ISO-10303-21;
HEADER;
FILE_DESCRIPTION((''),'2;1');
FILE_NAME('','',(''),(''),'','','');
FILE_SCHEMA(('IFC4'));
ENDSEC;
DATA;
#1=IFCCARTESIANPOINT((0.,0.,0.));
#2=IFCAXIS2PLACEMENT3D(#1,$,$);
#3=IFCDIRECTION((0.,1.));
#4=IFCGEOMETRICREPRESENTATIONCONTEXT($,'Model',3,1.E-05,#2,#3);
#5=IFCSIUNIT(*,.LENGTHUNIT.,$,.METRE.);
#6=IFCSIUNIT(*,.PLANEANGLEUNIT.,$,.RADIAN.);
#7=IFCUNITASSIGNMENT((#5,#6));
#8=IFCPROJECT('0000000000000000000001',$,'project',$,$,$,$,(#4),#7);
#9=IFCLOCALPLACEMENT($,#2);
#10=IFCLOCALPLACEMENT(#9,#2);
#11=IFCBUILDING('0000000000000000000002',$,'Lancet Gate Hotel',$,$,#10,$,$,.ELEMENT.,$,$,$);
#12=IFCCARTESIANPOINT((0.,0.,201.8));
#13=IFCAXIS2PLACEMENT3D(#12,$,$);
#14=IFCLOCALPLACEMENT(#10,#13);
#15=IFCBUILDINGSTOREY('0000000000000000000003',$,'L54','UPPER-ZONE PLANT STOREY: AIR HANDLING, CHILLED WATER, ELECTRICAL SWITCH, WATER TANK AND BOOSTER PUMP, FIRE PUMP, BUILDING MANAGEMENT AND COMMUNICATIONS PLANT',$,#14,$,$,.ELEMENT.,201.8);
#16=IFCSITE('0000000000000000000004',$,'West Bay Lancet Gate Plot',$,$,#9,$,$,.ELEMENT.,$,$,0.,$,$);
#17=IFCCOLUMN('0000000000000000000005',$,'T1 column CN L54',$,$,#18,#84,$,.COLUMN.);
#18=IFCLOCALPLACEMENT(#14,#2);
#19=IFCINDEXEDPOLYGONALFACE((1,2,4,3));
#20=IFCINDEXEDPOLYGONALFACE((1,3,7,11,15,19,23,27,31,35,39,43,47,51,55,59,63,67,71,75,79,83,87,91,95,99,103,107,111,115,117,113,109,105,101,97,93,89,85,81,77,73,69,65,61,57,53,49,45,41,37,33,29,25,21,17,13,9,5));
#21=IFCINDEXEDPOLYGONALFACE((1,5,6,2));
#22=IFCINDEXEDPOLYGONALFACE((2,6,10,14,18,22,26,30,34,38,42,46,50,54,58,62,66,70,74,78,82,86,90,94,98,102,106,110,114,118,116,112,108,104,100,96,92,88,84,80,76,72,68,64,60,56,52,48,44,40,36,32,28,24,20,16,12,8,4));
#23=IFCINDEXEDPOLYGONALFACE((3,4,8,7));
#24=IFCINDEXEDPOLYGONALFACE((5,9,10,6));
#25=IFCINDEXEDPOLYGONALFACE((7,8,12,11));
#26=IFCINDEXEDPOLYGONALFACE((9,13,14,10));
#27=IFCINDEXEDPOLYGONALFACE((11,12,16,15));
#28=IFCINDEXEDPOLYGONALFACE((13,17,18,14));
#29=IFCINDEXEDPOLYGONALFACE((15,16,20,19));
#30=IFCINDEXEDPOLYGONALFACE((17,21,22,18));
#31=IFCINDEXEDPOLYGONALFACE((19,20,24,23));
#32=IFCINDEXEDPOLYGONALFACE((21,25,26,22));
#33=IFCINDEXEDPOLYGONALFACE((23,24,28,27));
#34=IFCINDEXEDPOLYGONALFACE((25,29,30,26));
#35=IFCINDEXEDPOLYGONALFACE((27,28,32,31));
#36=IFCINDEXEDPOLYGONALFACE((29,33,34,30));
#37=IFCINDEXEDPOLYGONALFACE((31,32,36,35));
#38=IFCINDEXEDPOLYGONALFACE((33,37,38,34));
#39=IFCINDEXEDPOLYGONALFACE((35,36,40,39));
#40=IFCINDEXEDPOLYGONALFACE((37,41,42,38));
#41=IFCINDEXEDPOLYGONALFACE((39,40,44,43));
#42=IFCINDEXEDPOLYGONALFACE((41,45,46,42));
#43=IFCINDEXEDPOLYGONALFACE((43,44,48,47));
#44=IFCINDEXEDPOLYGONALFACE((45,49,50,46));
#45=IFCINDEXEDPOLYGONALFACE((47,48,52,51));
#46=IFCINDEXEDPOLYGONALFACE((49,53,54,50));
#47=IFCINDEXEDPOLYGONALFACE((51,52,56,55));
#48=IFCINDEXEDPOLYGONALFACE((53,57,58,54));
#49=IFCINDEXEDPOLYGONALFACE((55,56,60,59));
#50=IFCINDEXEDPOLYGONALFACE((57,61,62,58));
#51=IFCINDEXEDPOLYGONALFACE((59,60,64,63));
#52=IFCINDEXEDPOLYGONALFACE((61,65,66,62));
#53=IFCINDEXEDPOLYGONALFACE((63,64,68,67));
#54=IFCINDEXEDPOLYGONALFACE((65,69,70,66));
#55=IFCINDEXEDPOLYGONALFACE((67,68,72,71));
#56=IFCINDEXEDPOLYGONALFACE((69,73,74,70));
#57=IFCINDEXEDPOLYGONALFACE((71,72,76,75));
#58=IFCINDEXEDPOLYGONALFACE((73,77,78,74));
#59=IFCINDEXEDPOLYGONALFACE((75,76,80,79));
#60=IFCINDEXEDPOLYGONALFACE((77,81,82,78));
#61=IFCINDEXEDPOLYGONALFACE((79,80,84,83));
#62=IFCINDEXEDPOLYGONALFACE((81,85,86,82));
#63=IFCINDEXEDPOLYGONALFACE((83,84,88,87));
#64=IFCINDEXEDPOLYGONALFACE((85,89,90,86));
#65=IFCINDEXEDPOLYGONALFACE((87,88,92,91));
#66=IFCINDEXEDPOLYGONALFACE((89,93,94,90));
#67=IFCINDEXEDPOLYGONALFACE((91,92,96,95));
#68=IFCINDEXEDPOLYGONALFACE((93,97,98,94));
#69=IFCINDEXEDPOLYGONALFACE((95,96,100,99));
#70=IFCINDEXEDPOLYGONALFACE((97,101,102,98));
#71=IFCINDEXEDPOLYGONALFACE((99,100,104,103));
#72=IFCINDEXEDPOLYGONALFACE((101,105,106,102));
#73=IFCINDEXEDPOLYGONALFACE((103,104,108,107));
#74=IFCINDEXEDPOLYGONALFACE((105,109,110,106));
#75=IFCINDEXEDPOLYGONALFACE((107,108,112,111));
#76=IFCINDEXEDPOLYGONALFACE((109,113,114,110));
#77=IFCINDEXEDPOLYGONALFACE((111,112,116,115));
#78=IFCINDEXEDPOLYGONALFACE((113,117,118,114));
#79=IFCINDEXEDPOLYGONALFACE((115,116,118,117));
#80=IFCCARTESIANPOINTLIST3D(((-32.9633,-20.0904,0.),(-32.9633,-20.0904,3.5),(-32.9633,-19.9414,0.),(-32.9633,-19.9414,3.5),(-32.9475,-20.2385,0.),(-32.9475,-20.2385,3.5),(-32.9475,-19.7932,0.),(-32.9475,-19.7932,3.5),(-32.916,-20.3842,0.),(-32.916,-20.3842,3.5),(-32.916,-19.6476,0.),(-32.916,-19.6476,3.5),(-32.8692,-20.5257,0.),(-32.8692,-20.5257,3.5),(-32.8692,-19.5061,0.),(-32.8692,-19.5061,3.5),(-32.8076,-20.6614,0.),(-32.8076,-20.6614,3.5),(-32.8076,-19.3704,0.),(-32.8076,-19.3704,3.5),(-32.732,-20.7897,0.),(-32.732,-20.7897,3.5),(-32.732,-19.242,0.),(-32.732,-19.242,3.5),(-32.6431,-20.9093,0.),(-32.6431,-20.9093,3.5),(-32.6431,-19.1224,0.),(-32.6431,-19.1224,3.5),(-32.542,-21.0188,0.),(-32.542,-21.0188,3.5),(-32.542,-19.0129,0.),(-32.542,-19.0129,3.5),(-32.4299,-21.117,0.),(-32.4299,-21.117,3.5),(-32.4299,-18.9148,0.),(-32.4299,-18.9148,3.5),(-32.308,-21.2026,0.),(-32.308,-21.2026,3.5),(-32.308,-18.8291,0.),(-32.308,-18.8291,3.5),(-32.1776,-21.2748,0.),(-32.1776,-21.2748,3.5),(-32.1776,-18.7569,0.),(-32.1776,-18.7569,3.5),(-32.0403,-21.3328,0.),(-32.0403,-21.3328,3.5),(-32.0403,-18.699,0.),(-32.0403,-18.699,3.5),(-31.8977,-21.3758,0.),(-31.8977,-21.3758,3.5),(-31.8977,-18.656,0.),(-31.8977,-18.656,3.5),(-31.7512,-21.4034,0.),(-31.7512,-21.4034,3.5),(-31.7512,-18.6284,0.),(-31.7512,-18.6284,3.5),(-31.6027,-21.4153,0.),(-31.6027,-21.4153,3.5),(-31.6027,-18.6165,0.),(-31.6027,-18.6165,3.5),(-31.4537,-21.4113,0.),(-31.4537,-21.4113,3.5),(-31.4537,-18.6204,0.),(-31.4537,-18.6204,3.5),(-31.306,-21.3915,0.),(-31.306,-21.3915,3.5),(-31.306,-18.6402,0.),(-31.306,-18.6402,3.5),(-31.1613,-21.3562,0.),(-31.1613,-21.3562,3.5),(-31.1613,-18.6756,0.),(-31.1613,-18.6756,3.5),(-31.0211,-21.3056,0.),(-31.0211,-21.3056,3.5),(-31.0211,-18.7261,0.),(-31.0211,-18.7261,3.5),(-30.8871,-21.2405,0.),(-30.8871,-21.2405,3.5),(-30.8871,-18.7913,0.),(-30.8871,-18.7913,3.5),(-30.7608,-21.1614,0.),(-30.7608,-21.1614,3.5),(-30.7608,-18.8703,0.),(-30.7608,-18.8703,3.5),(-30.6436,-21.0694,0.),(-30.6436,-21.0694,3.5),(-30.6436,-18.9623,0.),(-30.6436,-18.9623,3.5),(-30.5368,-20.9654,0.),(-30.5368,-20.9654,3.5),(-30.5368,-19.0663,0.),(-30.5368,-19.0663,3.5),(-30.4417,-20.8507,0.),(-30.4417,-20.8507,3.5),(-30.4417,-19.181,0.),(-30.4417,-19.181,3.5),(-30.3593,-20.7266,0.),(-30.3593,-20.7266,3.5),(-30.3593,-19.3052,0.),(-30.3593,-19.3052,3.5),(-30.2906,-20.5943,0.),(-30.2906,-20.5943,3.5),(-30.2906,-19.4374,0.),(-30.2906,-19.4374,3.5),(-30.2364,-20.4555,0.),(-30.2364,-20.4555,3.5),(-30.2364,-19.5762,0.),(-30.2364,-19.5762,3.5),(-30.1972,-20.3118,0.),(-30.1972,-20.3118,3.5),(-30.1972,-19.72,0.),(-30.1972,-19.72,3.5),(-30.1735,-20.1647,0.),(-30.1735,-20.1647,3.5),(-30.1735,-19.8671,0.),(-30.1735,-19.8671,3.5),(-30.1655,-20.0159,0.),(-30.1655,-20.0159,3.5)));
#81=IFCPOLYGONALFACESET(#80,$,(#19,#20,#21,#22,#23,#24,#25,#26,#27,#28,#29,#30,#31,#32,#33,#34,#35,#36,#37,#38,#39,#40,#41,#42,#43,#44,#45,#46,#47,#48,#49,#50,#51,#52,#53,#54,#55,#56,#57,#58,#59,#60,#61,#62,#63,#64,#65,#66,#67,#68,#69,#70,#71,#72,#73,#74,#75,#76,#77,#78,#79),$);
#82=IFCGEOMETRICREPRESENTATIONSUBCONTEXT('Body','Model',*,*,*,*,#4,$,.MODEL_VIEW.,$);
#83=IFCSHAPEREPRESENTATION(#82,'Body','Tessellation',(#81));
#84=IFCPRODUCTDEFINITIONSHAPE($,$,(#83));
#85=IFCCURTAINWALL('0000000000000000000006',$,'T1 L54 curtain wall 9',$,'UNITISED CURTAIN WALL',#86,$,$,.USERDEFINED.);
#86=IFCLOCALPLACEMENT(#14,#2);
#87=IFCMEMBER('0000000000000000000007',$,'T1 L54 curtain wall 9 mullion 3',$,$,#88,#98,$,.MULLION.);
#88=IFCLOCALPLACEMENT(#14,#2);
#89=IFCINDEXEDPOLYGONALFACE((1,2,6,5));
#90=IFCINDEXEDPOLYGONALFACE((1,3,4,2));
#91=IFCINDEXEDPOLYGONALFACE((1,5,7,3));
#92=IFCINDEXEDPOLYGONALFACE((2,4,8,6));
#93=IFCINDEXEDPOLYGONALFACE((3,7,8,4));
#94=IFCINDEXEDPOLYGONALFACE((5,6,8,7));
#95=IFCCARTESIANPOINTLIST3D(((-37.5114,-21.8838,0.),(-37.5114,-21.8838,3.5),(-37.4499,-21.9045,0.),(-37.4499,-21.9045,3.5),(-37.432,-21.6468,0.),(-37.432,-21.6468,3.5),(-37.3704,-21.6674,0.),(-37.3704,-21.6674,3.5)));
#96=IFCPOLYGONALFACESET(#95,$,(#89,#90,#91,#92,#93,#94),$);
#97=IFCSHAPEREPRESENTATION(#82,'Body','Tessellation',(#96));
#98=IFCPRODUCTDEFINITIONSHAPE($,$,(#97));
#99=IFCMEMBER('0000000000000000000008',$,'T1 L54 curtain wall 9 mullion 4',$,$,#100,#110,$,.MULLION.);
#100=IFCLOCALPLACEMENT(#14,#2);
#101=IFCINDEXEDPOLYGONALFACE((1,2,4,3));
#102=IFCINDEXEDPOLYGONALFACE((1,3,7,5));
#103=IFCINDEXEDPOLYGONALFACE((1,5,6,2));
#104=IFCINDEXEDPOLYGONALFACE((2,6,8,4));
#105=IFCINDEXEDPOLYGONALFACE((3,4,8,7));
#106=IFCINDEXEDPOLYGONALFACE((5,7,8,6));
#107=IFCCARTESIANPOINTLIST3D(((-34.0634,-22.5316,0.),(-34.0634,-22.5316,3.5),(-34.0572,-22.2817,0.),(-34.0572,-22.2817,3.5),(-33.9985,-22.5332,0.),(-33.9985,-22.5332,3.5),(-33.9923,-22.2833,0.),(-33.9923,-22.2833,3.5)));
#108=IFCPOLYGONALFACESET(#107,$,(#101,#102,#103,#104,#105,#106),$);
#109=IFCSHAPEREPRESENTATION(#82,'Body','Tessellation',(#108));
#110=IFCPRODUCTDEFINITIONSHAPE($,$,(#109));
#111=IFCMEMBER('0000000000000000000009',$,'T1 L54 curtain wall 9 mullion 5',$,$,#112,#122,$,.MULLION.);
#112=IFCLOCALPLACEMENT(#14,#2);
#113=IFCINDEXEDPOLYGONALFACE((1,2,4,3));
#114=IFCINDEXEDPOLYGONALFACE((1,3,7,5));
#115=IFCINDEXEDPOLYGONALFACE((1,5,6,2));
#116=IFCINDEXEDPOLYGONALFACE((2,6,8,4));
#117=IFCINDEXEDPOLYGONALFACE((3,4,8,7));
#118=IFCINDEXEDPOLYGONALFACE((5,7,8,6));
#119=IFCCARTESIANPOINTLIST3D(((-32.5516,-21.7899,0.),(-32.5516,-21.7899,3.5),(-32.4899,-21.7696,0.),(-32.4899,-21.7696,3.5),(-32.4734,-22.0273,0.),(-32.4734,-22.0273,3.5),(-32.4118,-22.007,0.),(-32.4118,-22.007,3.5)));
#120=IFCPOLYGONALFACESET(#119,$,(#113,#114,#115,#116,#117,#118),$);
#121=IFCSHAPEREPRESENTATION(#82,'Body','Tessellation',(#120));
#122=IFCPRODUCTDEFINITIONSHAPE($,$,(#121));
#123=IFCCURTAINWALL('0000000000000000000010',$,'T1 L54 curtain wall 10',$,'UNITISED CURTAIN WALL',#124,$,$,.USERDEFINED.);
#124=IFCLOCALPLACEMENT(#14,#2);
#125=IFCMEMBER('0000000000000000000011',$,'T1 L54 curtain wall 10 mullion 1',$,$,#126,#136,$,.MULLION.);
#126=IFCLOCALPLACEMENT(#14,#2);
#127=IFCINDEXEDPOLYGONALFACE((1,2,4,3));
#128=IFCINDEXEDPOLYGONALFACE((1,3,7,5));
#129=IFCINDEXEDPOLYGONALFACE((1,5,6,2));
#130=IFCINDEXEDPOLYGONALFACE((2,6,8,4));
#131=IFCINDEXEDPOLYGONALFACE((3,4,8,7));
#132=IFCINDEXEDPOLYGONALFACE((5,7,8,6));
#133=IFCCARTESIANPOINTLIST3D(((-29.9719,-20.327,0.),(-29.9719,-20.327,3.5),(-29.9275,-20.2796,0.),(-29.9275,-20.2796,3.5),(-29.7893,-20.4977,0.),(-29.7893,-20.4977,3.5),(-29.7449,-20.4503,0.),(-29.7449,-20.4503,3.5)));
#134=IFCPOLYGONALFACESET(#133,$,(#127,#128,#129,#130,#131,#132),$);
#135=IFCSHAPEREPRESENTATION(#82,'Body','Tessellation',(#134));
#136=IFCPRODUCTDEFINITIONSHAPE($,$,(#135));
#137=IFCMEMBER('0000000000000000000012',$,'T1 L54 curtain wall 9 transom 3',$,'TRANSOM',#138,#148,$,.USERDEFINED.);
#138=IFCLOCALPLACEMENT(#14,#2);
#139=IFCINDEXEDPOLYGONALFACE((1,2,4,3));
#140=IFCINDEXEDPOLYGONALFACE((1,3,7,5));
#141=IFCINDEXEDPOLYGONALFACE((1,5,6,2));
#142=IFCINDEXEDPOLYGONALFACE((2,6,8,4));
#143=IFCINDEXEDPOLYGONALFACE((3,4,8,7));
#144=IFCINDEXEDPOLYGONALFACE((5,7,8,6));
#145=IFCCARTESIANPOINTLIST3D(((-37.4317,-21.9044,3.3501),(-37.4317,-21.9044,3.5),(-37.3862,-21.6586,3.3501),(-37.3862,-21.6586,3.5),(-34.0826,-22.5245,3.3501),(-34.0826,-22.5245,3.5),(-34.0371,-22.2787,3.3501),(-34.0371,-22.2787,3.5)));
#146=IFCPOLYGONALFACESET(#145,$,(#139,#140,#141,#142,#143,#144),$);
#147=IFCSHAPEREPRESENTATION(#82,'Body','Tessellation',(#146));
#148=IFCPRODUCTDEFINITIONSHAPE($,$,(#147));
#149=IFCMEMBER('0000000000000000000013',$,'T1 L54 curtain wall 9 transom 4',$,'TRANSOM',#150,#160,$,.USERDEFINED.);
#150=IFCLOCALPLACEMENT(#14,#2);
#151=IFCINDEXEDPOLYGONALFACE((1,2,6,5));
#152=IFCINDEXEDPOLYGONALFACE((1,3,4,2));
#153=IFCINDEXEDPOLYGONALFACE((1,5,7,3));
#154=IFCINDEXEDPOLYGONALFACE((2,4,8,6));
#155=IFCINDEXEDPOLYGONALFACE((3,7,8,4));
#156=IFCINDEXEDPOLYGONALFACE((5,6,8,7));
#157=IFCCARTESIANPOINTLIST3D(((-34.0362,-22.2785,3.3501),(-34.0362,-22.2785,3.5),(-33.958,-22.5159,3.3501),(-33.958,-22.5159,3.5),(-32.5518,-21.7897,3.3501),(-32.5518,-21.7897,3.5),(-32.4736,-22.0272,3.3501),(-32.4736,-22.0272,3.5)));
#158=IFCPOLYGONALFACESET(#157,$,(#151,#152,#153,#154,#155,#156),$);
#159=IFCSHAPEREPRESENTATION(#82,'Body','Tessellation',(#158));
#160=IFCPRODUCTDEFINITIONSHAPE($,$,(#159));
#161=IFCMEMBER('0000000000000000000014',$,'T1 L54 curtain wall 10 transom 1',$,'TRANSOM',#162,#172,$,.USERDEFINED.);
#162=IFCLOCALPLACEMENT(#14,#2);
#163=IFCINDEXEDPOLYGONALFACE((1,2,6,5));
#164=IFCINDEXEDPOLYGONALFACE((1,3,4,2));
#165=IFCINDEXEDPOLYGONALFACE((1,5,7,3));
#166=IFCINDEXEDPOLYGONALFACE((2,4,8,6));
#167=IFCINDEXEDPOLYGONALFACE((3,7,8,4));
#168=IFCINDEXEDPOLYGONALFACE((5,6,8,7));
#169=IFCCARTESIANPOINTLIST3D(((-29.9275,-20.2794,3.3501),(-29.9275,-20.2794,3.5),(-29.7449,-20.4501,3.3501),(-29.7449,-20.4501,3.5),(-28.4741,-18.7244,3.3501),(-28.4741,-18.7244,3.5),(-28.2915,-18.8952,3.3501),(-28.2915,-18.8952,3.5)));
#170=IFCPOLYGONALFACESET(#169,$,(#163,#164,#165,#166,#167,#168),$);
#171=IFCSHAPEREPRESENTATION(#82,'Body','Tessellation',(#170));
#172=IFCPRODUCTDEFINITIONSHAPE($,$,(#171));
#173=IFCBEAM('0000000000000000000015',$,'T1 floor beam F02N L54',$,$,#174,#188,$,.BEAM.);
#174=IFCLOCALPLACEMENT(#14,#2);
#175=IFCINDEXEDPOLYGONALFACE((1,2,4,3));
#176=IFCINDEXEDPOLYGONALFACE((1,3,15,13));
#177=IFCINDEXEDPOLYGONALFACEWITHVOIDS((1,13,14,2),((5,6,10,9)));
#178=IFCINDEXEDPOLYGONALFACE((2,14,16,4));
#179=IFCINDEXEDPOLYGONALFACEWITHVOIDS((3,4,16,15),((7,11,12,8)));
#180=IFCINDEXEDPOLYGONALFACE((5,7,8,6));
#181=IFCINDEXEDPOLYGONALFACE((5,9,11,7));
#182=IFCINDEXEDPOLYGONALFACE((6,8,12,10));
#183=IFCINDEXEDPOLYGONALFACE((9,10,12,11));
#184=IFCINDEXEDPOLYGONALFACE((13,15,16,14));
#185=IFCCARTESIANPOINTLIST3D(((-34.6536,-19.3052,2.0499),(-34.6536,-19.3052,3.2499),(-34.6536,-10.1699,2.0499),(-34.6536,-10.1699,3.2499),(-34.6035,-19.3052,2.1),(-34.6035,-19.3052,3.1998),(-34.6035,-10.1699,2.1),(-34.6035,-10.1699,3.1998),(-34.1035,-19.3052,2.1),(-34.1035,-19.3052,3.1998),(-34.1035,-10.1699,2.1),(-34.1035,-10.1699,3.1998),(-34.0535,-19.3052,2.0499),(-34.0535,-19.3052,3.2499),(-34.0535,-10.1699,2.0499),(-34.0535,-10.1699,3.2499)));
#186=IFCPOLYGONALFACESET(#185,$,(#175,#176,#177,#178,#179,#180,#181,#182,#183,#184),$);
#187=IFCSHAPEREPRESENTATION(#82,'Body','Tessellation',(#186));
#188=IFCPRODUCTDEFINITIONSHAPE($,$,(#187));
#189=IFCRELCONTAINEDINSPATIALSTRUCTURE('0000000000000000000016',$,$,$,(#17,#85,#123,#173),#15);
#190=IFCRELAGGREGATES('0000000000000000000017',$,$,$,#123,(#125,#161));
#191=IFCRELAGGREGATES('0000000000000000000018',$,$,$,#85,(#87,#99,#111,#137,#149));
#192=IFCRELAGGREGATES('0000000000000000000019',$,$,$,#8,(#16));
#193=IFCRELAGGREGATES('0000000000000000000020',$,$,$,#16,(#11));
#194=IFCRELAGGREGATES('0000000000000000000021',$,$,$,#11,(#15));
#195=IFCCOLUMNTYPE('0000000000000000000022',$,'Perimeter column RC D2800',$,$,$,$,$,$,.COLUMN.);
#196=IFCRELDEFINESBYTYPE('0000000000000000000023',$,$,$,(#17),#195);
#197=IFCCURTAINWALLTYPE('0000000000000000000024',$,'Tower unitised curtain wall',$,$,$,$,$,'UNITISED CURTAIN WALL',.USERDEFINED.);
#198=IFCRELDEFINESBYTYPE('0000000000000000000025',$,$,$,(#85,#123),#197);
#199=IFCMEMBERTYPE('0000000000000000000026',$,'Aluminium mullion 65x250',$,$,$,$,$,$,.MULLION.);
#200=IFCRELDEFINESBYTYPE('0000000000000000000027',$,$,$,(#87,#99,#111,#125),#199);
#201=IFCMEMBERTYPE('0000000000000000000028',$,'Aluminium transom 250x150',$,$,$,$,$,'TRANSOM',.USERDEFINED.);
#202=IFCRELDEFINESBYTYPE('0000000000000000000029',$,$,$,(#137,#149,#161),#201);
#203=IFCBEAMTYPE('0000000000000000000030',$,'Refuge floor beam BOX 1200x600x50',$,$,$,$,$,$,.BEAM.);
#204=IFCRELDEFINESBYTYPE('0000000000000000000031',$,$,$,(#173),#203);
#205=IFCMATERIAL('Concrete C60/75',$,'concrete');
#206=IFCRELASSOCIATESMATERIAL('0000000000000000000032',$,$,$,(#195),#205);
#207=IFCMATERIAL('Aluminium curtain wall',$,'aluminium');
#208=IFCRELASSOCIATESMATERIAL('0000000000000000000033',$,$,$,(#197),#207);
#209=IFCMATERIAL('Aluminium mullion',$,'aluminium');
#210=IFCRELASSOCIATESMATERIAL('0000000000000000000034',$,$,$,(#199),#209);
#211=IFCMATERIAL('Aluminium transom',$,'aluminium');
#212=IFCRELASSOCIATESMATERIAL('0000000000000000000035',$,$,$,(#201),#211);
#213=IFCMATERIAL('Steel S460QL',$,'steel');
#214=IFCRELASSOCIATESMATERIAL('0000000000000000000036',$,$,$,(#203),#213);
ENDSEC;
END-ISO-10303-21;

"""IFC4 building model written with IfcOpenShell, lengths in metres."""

from ifc_helpers import new_model, si_unit, direction, frame, origin, origin_2d, place, context, subcontext, project, spatial, rectangle, hollow_rectangle, circle, extrude, material, material_profile, profile_set, type_object, element, aggregate, save


model = new_model("IFC4")

# Units and contexts
model_context = context("Model", 3, precision=1e-05, world=origin(), true_north=direction((0.0, 1.0)))
body_context = subcontext(model_context, "Body", "Model", "MODEL_VIEW")
ifc_project = project(units=[si_unit("LENGTHUNIT", "METRE"), si_unit("PLANEANGLEUNIT", "RADIAN")], contexts=[model_context])

# Site, building, storey
site_placement = place(None, origin())
site = spatial("IfcSite", under=ifc_project, at=site_placement, Name="West Bay Lancet Gate Plot", CompositionType="ELEMENT", RefElevation=0.0)
building_placement = place(site_placement, origin())
building = spatial("IfcBuilding", under=site, at=building_placement, Name="Lancet Gate Hotel", CompositionType="ELEMENT")
storey_placement = place(building_placement, frame((0.0, 0.0, 201.8)))
storey = spatial("IfcBuildingStorey", under=building, at=storey_placement, Name="L54", Description="UPPER-ZONE PLANT STOREY: AIR HANDLING, CHILLED WATER, ELECTRICAL SWITCH, WATER TANK AND BOOSTER PUMP, FIRE PUMP, BUILDING MANAGEMENT AND COMMUNICATIONS PLANT", CompositionType="ELEMENT", Elevation=201.8)

# Column
ifc_material_1 = material(Name="Concrete C60/75", Category="concrete")
ifc_material_profile_1 = material_profile(ifc_material_1, circle(Radius=1.3999, at=origin_2d()), Name="RC D2800")
ifc_profile_set_1 = profile_set([ifc_material_profile_1], Name="Concrete C60/75")
column_type = type_object("IfcColumnType", Name="Perimeter column RC D2800", PredefinedType="COLUMN", material=ifc_profile_set_1)
column_placement = place(storey_placement, frame((-31.5654, -20.0159, 0.0), z_axis=(0.0, 0.0, 1.0), x_axis=(1.0, 0.0, 0.0)))
element("IfcColumn", 1, at=column_placement, inside=storey, type_object=column_type, Name="T1 column CN L54", PredefinedType="COLUMN", context=body_context, shape_type="SweptSolid", body=[
    extrude(circle(Radius=1.3999, at=origin_2d()), origin(), (0.0, 0.0, 1.0), 3.5),
])

# Curtain wall, members
ifc_material_2 = material(Name="Aluminium curtain wall", Category="aluminium")
curtain_wall_type = type_object("IfcCurtainWallType", Name="Tower unitised curtain wall", ElementType="UNITISED CURTAIN WALL", PredefinedType="USERDEFINED", material=ifc_material_2)
curtain_wall_1_placement = place(storey_placement, origin())
curtain_wall_1 = element("IfcCurtainWall", 2, at=curtain_wall_1_placement, inside=storey, type_object=curtain_wall_type, Name="T1 L54 curtain wall 9", ObjectType="UNITISED CURTAIN WALL", PredefinedType="USERDEFINED")
ifc_material_3 = material(Name="Aluminium mullion", Category="aluminium")
ifc_material_profile_2 = material_profile(ifc_material_3, rectangle(XDim=0.0649, YDim=0.25, at=origin_2d()), Name="MULLION 65x250")
ifc_profile_set_2 = profile_set([ifc_material_profile_2], Name="Aluminium mullion")
member_type_1 = type_object("IfcMemberType", Name="Aluminium mullion 65x250", PredefinedType="MULLION", material=ifc_profile_set_2)
member_1_placement = place(storey_placement, frame((-37.4409, -21.7756, 0.0), z_axis=(0.0, 0.0, 1.0), x_axis=(0.948119, -0.317915, 0.0)))
member_1 = element("IfcMember", 3, at=member_1_placement, type_object=member_type_1, Name="T1 L54 curtain wall 9 mullion 3", PredefinedType="MULLION", context=body_context, shape_type="SweptSolid", body=[
    extrude(rectangle(XDim=0.0649, YDim=0.25, at=origin_2d()), origin(), (0.0, 0.0, 1.0), 3.5),
])
member_2_placement = place(storey_placement, frame((-34.0278, -22.4075, 0.0), z_axis=(0.0, 0.0, 1.0), x_axis=(0.999693, -0.024761, 0.0)))
member_2 = element("IfcMember", 4, at=member_2_placement, type_object=member_type_1, Name="T1 L54 curtain wall 9 mullion 4", PredefinedType="MULLION", context=body_context, shape_type="SweptSolid", body=[
    extrude(rectangle(XDim=0.0649, YDim=0.25, at=origin_2d()), origin(), (0.0, 0.0, 1.0), 3.5),
])
member_3_placement = place(storey_placement, frame((-32.4817, -21.8984, 0.0), z_axis=(0.0, 0.0, 1.0), x_axis=(0.949848, 0.312712, 0.0)))
member_3 = element("IfcMember", 5, at=member_3_placement, type_object=member_type_1, Name="T1 L54 curtain wall 9 mullion 5", PredefinedType="MULLION", context=body_context, shape_type="SweptSolid", body=[
    extrude(rectangle(XDim=0.0649, YDim=0.25, at=origin_2d()), origin(), (0.0, 0.0, 1.0), 3.5),
])

# Curtain wall, member
curtain_wall_2_placement = place(storey_placement, origin())
curtain_wall_2 = element("IfcCurtainWall", 6, at=curtain_wall_2_placement, inside=storey, type_object=curtain_wall_type, Name="T1 L54 curtain wall 10", ObjectType="UNITISED CURTAIN WALL", PredefinedType="USERDEFINED")
member_4_placement = place(storey_placement, frame((-29.8584, -20.3887, 0.0), z_axis=(0.0, 0.0, 1.0), x_axis=(0.682845, 0.730563, 0.0)))
member_4 = element("IfcMember", 7, at=member_4_placement, type_object=member_type_1, Name="T1 L54 curtain wall 10 mullion 1", PredefinedType="MULLION", context=body_context, shape_type="SweptSolid", body=[
    extrude(rectangle(XDim=0.0649, YDim=0.25, at=origin_2d()), origin(), (0.0, 0.0, 1.0), 3.5),
])

# Members
ifc_material_4 = material(Name="Aluminium transom", Category="aluminium")
ifc_material_profile_3 = material_profile(ifc_material_4, rectangle(XDim=0.25, YDim=0.1499, at=origin_2d()), Name="TRANSOM 250x150")
ifc_profile_set_3 = profile_set([ifc_material_profile_3], Name="Aluminium transom")
member_type_2 = type_object("IfcMemberType", Name="Aluminium transom 250x150", ElementType="TRANSOM", PredefinedType="USERDEFINED", material=ifc_profile_set_3)
member_5_placement = place(storey_placement, frame((-37.4089, -21.7815, 3.425), z_axis=(0.983287, -0.182064, 0.0), x_axis=(0.182064, 0.983287, 0.0)))
member_5 = element("IfcMember", 8, at=member_5_placement, type_object=member_type_2, Name="T1 L54 curtain wall 9 transom 3", ObjectType="TRANSOM", PredefinedType="USERDEFINED", context=body_context, shape_type="SweptSolid", body=[
    extrude(rectangle(XDim=0.25, YDim=0.1499, at=origin_2d()), origin(), (0.0, 0.0, 1.0), 3.406),
])
member_6_placement = place(storey_placement, frame((-33.9971, -22.3972, 3.425), z_axis=(0.949833, 0.312758, 0.0), x_axis=(-0.312758, 0.949833, 0.0)))
member_6 = element("IfcMember", 9, at=member_6_placement, type_object=member_type_2, Name="T1 L54 curtain wall 9 transom 4", ObjectType="TRANSOM", PredefinedType="USERDEFINED", context=body_context, shape_type="SweptSolid", body=[
    extrude(rectangle(XDim=0.25, YDim=0.1499, at=origin_2d()), origin(), (0.0, 0.0, 1.0), 1.5627),
])
member_7_placement = place(storey_placement, frame((-29.8362, -20.3647, 3.425), z_axis=(0.682845, 0.730563, 0.0), x_axis=(-0.730563, 0.682845, 0.0)))
member_7 = element("IfcMember", 10, at=member_7_placement, type_object=member_type_2, Name="T1 L54 curtain wall 10 transom 1", ObjectType="TRANSOM", PredefinedType="USERDEFINED", context=body_context, shape_type="SweptSolid", body=[
    extrude(rectangle(XDim=0.25, YDim=0.1499, at=origin_2d()), origin(), (0.0, 0.0, 1.0), 2.1284),
])
aggregate(curtain_wall_2, [member_4, member_7])

# Beam
ifc_material_5 = material(Name="Steel S460QL", Category="steel")
ifc_material_profile_4 = material_profile(ifc_material_5, hollow_rectangle(XDim=0.6001, YDim=1.2, WallThickness=0.05, at=origin_2d()), Name="BOX 1200x600x50")
ifc_profile_set_4 = profile_set([ifc_material_profile_4], Name="Steel S460QL")
beam_type_1 = type_object("IfcBeamType", Name="Refuge floor beam BOX 1200x600x50", PredefinedType="BEAM", material=ifc_profile_set_4)
beam_1_placement = place(storey_placement, frame((-34.3535, -10.1699, 2.6499), z_axis=(0.0, -1.0, 0.0), x_axis=(1.0, 0.0, 0.0)))
element("IfcBeam", 11, at=beam_1_placement, inside=storey, type_object=beam_type_1, Name="T1 floor beam F02N L54", PredefinedType="BEAM", context=body_context, shape_type="SweptSolid", body=[
    extrude(hollow_rectangle(XDim=0.6001, YDim=1.2, WallThickness=0.05, at=origin_2d()), origin(), (0.0, 0.0, 1.0), 9.1353),
])

aggregate(curtain_wall_1, [member_1, member_2, member_3, member_5, member_6])

save(model, "model.ifc")
